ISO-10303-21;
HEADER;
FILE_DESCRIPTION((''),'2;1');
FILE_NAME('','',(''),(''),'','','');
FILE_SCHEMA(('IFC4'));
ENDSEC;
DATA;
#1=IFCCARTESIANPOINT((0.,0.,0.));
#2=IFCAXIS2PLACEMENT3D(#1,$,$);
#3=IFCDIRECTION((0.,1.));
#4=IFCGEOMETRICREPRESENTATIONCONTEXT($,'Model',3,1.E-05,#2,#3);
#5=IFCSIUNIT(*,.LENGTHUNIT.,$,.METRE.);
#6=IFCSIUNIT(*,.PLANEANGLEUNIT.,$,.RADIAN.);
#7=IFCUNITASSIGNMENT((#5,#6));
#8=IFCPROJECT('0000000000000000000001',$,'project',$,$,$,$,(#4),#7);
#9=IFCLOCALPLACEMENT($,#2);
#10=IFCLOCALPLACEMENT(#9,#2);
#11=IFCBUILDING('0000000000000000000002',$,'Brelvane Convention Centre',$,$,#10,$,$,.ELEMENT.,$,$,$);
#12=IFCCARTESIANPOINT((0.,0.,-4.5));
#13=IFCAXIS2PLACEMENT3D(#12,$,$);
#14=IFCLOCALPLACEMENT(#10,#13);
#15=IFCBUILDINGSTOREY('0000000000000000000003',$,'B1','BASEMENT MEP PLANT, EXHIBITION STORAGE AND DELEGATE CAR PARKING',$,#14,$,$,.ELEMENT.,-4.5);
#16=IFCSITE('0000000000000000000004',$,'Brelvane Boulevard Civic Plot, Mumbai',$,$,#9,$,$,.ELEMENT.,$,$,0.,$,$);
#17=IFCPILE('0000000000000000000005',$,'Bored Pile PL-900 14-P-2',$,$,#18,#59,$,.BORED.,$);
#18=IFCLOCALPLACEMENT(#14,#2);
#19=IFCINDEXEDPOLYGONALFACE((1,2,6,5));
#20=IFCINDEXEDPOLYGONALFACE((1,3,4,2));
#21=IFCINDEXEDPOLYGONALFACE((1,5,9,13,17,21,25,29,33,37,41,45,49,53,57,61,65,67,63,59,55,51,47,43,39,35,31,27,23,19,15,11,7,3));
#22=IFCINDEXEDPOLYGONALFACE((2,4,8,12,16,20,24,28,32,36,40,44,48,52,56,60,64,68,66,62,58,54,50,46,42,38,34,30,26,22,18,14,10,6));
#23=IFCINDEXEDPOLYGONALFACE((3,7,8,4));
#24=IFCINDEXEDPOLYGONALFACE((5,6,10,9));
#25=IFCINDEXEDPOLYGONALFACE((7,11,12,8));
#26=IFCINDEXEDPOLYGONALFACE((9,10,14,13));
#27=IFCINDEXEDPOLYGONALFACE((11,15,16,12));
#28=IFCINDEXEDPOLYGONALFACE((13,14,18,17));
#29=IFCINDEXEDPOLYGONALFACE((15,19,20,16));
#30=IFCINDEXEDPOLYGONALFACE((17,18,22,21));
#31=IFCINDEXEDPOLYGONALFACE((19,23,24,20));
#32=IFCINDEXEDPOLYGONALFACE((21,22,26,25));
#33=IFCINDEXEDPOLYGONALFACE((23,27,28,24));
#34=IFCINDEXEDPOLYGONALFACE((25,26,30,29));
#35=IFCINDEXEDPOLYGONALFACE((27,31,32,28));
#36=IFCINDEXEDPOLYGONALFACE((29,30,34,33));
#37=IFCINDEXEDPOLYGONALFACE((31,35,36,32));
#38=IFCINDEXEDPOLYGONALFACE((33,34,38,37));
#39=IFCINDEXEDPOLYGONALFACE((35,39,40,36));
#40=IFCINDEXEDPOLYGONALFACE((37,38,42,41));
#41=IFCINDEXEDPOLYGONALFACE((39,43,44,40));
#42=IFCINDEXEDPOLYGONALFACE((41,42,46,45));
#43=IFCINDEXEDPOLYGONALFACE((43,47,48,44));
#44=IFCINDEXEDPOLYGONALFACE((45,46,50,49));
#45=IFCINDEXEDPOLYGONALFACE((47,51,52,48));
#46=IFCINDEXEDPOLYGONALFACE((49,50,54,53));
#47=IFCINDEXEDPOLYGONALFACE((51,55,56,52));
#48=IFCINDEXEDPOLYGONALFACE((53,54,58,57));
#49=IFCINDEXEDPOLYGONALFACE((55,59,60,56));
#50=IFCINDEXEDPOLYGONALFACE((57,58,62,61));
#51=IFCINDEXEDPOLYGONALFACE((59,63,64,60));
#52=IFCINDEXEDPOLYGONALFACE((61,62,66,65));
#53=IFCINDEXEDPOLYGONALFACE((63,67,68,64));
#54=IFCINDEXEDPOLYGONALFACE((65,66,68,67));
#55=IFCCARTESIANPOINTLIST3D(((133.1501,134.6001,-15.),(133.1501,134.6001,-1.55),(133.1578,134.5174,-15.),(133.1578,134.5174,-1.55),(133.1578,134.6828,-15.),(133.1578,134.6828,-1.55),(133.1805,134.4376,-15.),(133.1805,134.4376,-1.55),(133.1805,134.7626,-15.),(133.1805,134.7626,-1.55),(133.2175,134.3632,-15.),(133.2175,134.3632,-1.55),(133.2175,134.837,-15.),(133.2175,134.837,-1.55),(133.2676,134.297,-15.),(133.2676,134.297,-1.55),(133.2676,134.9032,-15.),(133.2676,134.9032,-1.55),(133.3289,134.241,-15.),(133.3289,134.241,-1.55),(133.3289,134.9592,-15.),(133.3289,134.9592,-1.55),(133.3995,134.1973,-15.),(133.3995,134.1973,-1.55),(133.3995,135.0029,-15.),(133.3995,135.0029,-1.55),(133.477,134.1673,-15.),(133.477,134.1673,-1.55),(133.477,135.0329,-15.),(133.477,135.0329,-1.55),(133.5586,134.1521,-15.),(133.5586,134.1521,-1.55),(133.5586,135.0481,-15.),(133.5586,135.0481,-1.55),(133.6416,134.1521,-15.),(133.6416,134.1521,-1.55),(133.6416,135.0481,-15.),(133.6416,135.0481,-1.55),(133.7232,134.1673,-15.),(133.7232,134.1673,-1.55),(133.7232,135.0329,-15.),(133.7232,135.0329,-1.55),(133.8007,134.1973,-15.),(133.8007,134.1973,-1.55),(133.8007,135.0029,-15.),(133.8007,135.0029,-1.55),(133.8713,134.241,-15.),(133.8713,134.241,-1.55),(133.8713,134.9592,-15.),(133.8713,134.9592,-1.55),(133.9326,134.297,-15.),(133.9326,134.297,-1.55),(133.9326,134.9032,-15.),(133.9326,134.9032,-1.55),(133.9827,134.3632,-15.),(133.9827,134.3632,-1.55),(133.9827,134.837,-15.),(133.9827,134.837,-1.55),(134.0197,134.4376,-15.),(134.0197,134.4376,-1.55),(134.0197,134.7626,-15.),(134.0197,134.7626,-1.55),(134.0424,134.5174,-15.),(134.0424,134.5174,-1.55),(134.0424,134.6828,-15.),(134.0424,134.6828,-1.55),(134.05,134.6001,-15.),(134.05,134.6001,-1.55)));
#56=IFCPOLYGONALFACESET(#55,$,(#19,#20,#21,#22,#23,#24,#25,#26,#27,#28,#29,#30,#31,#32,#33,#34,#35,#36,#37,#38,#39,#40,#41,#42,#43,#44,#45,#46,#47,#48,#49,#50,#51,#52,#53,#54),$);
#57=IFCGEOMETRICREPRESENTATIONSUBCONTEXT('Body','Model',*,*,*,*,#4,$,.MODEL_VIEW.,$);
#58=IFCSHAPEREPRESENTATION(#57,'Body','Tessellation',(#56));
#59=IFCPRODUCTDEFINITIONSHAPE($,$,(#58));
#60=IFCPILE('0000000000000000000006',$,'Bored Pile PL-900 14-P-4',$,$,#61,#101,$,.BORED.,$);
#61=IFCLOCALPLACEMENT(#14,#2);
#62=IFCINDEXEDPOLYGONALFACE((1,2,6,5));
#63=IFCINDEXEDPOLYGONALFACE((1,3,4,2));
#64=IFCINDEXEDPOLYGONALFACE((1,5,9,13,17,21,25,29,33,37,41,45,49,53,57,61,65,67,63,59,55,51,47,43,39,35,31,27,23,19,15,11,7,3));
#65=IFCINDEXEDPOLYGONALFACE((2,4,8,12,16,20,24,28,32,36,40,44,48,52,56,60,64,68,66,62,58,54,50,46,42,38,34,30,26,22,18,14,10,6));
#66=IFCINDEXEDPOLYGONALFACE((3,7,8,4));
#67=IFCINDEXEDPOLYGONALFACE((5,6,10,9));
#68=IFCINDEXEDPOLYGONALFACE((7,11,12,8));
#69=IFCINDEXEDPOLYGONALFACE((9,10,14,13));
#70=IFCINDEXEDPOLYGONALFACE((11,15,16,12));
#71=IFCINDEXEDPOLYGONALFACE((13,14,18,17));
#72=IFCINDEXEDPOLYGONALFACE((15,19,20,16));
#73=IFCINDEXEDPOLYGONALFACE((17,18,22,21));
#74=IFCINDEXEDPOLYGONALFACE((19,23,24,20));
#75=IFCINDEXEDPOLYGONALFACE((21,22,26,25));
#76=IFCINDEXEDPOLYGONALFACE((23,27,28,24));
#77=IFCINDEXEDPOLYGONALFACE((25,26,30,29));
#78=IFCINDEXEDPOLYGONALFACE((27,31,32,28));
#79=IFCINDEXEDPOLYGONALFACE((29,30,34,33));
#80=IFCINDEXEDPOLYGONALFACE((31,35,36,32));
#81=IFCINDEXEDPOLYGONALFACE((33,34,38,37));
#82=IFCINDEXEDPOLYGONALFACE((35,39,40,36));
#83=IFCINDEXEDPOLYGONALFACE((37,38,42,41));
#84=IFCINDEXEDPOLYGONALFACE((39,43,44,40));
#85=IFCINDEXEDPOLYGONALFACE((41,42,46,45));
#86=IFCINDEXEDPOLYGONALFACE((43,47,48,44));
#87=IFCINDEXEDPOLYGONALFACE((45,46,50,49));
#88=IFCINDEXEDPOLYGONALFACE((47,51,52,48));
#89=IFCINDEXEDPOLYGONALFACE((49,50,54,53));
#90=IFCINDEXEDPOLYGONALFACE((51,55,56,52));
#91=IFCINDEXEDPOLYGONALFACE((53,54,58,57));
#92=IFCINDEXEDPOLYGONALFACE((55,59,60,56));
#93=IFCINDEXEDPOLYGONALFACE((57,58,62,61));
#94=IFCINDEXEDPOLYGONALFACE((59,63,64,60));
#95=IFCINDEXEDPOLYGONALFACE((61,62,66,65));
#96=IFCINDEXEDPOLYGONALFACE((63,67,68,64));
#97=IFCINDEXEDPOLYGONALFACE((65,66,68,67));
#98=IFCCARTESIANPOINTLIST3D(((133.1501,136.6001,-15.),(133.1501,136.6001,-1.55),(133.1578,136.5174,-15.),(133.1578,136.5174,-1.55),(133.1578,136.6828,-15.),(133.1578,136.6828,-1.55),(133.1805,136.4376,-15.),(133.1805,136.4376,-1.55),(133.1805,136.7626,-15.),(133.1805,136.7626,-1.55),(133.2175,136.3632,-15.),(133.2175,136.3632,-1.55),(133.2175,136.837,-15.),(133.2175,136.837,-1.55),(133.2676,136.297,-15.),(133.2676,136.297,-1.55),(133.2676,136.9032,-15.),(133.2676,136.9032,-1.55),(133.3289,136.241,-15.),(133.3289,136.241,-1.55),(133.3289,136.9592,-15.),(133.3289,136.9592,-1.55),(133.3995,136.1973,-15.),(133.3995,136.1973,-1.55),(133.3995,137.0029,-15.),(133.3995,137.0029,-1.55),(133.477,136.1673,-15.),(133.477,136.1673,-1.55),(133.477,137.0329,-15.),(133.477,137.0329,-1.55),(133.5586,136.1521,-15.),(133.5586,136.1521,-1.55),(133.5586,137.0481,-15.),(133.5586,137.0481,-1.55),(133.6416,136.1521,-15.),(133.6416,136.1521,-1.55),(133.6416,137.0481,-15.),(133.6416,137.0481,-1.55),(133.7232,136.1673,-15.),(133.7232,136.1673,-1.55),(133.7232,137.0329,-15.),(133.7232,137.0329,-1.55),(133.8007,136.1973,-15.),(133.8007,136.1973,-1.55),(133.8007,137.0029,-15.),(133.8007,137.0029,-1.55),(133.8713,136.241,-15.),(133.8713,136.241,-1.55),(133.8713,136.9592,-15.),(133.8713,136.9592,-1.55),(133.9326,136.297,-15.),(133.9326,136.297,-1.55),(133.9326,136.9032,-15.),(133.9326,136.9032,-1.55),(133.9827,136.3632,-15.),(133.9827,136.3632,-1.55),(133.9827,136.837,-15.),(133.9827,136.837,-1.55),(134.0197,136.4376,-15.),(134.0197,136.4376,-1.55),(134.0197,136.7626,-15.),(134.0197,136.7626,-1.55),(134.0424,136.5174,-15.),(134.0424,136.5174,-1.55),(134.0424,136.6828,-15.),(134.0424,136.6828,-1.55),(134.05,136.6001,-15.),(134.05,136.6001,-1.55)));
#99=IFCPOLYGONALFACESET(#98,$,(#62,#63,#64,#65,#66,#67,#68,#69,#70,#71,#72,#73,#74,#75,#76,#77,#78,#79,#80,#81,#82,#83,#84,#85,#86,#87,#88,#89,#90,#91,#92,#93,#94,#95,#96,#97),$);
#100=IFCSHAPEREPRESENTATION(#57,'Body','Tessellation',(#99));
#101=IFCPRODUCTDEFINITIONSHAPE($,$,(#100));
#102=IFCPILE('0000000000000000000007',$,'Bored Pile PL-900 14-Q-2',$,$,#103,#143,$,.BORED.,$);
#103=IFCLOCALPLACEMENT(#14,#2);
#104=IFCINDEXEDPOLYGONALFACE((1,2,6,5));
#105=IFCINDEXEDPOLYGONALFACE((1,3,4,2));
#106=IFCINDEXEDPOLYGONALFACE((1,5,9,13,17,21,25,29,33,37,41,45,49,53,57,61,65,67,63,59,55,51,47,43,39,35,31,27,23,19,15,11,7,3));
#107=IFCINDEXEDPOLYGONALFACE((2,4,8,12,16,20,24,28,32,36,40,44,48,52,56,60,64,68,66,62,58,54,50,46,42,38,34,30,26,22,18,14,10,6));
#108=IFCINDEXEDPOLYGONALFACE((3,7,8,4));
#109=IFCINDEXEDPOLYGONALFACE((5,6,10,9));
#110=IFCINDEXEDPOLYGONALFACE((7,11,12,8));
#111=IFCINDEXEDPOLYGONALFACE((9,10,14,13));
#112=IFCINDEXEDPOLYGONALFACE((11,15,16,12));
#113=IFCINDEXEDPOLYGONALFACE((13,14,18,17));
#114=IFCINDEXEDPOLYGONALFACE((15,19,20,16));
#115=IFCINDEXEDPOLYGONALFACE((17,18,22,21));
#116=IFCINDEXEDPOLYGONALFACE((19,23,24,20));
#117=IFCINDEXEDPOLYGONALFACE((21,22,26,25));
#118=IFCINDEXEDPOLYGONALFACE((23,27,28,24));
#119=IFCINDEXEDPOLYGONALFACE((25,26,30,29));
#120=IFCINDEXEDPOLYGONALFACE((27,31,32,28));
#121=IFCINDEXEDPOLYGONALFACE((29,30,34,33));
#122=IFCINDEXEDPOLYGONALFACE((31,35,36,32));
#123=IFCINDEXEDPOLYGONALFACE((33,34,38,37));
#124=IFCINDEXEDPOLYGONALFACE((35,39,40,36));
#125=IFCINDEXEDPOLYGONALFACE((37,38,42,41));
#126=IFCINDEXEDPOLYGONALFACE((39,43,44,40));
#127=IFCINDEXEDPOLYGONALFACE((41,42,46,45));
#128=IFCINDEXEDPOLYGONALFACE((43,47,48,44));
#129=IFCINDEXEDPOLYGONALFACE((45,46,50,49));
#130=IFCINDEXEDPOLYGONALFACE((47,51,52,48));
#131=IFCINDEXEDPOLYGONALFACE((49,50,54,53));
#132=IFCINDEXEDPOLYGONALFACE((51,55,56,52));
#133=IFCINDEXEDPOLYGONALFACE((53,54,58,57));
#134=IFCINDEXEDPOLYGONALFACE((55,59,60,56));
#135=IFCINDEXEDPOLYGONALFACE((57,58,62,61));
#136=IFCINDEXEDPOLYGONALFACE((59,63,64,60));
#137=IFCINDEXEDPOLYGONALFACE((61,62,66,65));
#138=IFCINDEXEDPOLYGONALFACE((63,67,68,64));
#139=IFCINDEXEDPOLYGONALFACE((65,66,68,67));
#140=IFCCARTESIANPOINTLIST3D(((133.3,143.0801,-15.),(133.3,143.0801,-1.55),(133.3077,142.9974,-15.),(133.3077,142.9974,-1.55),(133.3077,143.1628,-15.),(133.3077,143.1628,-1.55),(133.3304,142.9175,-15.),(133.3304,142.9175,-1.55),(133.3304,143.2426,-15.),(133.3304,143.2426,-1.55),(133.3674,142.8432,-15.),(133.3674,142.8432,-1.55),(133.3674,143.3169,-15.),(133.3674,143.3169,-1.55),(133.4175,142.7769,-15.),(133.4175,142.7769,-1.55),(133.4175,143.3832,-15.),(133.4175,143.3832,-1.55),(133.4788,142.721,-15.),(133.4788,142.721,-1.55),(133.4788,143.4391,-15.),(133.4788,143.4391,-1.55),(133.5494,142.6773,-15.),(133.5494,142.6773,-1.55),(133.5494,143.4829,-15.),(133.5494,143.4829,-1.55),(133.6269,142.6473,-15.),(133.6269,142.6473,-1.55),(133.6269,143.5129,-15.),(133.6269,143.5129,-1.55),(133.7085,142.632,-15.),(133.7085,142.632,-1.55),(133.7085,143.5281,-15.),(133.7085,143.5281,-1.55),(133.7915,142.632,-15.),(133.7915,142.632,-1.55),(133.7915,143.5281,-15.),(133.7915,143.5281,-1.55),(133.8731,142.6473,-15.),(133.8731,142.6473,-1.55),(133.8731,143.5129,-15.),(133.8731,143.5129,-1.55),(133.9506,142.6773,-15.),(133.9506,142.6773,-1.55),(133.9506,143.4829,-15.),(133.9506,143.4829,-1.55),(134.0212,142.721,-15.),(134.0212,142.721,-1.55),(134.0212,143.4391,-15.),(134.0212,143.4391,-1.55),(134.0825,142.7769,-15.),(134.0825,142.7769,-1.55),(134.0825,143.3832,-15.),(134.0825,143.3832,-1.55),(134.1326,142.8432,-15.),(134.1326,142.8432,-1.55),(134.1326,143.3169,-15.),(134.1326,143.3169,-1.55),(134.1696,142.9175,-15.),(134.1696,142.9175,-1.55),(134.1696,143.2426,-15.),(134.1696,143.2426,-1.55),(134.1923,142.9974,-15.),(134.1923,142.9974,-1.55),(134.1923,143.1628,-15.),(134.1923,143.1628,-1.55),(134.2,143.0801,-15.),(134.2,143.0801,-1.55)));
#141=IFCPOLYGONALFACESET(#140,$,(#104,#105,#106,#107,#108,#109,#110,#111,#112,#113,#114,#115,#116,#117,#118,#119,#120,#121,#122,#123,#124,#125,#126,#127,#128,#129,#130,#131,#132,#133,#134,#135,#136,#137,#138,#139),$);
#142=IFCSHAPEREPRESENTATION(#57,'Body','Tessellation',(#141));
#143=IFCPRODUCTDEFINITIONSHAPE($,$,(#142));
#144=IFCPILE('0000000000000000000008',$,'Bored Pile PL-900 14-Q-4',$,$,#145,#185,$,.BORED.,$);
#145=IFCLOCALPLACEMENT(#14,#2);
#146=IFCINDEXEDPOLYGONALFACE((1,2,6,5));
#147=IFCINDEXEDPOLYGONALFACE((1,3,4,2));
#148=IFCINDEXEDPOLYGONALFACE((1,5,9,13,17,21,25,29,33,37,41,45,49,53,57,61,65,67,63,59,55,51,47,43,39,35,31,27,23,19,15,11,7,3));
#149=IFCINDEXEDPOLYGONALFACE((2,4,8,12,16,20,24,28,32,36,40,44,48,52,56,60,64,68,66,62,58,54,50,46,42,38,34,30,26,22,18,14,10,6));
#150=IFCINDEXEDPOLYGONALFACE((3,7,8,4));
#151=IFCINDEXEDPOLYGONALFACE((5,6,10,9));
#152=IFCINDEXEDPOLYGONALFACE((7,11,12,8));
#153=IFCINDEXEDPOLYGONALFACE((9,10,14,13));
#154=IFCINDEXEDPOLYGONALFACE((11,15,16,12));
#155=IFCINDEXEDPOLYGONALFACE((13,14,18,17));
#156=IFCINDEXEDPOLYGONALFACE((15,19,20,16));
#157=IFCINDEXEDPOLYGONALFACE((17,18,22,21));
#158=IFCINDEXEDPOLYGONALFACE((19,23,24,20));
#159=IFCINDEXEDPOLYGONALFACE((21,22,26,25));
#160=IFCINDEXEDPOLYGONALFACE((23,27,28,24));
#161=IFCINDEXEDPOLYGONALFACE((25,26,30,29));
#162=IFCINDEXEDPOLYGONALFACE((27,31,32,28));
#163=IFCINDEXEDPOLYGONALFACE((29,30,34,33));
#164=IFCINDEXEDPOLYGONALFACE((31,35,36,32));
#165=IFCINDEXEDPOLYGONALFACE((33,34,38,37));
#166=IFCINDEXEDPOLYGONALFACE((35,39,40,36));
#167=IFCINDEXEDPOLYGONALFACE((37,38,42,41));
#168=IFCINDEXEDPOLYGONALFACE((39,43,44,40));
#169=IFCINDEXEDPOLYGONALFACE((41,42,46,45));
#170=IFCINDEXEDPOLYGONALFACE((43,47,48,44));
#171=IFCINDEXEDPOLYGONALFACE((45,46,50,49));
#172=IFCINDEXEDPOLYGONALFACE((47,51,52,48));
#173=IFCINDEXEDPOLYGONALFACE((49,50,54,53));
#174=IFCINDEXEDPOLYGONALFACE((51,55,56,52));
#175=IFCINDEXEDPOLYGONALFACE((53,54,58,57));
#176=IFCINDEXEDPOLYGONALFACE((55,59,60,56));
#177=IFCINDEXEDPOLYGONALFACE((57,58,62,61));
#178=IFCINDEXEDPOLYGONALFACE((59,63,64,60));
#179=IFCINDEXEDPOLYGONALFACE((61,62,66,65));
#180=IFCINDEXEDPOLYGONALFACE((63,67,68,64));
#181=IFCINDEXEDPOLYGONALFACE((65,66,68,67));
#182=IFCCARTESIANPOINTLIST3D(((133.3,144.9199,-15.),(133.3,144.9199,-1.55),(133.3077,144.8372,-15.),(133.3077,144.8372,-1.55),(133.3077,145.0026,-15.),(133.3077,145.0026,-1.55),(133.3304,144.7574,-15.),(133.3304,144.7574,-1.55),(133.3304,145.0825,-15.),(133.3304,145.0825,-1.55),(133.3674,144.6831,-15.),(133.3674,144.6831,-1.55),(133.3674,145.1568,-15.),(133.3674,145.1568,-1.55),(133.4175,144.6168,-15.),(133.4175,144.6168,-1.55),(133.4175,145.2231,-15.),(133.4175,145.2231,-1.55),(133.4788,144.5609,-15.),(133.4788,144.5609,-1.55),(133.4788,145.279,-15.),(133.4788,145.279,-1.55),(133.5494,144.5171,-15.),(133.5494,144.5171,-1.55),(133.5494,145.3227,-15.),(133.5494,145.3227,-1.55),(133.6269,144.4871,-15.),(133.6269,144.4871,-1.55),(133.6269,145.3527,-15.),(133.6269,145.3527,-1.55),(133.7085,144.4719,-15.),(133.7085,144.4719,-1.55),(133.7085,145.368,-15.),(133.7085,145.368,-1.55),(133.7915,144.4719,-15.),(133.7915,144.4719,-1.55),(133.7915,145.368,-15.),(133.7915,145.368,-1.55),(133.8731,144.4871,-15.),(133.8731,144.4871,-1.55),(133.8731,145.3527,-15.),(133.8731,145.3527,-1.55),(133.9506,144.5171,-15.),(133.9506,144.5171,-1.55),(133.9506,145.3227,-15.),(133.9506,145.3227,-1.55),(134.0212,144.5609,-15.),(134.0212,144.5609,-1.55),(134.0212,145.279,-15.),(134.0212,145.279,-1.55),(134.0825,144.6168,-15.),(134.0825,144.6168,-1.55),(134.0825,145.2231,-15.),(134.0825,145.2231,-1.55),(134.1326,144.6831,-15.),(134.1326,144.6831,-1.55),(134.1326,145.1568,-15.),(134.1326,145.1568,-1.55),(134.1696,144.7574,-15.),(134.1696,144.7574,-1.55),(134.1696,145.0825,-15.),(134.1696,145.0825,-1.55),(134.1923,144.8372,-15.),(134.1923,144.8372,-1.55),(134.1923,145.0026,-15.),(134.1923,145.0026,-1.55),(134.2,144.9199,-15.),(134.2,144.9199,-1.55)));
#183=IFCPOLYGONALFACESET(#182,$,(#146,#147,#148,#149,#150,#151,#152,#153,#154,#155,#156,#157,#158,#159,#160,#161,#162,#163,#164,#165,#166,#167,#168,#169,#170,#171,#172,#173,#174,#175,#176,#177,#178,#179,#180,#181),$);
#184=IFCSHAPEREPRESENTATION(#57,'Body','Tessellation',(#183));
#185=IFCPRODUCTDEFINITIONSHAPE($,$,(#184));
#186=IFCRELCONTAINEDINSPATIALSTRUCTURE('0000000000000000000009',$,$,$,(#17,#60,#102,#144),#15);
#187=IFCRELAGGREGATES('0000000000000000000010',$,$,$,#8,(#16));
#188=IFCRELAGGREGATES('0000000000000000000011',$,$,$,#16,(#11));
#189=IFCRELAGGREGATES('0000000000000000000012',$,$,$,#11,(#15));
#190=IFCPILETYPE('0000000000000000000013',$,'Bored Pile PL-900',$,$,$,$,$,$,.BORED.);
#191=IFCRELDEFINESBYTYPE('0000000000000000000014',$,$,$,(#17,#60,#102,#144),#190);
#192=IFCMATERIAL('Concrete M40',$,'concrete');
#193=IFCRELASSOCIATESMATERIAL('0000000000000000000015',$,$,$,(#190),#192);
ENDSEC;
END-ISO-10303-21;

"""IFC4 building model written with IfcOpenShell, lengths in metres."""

from ifc_helpers import new_model, si_unit, direction, frame, origin, origin_2d, place, context, subcontext, project, spatial, circle, extrude, material, material_profile, profile_set, type_object, element, save


model = new_model("IFC4")

# Units and contexts
model_context = context("Model", 3, precision=1e-05, world=origin(), true_north=direction((0.0, 1.0)))
body_context = subcontext(model_context, "Body", "Model", "MODEL_VIEW")
ifc_project = project(units=[si_unit("LENGTHUNIT", "METRE"), si_unit("PLANEANGLEUNIT", "RADIAN")], contexts=[model_context])

# Site, building, storey
site_placement = place(None, origin())
site = spatial("IfcSite", under=ifc_project, at=site_placement, Name="Brelvane Boulevard Civic Plot, Mumbai", CompositionType="ELEMENT", RefElevation=0.0)
building_placement = place(site_placement, origin())
building = spatial("IfcBuilding", under=site, at=building_placement, Name="Brelvane Convention Centre", CompositionType="ELEMENT")
storey_placement = place(building_placement, frame((0.0, 0.0, -4.5)))
storey = spatial("IfcBuildingStorey", under=building, at=storey_placement, Name="B1", Description="BASEMENT MEP PLANT, EXHIBITION STORAGE AND DELEGATE CAR PARKING", CompositionType="ELEMENT", Elevation=-4.5)

# Piles
ifc_material_1 = material(Name="Concrete M40", Category="concrete")
ifc_material_profile_1 = material_profile(ifc_material_1, circle(Radius=0.45, at=origin_2d()), Name="PILE D900")
ifc_profile_set_1 = profile_set([ifc_material_profile_1], Name="Concrete M40")
pile_type = type_object("IfcPileType", Name="Bored Pile PL-900", PredefinedType="BORED", material=ifc_profile_set_1)
for number, where, z_axis, x_axis, name in (
    (1, (133.6001, 134.6001, -1.55), (0.0, 0.0, -1.0), (1.0, 0.0, 0.0), "Bored Pile PL-900 14-P-2"),
    (2, (133.6001, 136.6001, -1.55), (0.0, 0.0, -1.0), (1.0, 0.0, 0.0), "Bored Pile PL-900 14-P-4"),
    (3, (133.75, 143.0801, -1.55), (0.0, 0.0, -1.0), (1.0, 0.0, 0.0), "Bored Pile PL-900 14-Q-2"),
    (4, (133.75, 144.9199, -1.55), (0.0, 0.0, -1.0), (1.0, 0.0, 0.0), "Bored Pile PL-900 14-Q-4"),
):
    element("IfcPile", number, at=place(storey_placement, frame(where, z_axis=z_axis, x_axis=x_axis)), inside=storey, type_object=pile_type, Name=name, PredefinedType="BORED", context=body_context, shape_type="SweptSolid", body=[
        extrude(circle(Radius=0.45, at=origin_2d()), origin(), (0.0, 0.0, 1.0), 13.45),
    ])

save(model, "model.ifc")
